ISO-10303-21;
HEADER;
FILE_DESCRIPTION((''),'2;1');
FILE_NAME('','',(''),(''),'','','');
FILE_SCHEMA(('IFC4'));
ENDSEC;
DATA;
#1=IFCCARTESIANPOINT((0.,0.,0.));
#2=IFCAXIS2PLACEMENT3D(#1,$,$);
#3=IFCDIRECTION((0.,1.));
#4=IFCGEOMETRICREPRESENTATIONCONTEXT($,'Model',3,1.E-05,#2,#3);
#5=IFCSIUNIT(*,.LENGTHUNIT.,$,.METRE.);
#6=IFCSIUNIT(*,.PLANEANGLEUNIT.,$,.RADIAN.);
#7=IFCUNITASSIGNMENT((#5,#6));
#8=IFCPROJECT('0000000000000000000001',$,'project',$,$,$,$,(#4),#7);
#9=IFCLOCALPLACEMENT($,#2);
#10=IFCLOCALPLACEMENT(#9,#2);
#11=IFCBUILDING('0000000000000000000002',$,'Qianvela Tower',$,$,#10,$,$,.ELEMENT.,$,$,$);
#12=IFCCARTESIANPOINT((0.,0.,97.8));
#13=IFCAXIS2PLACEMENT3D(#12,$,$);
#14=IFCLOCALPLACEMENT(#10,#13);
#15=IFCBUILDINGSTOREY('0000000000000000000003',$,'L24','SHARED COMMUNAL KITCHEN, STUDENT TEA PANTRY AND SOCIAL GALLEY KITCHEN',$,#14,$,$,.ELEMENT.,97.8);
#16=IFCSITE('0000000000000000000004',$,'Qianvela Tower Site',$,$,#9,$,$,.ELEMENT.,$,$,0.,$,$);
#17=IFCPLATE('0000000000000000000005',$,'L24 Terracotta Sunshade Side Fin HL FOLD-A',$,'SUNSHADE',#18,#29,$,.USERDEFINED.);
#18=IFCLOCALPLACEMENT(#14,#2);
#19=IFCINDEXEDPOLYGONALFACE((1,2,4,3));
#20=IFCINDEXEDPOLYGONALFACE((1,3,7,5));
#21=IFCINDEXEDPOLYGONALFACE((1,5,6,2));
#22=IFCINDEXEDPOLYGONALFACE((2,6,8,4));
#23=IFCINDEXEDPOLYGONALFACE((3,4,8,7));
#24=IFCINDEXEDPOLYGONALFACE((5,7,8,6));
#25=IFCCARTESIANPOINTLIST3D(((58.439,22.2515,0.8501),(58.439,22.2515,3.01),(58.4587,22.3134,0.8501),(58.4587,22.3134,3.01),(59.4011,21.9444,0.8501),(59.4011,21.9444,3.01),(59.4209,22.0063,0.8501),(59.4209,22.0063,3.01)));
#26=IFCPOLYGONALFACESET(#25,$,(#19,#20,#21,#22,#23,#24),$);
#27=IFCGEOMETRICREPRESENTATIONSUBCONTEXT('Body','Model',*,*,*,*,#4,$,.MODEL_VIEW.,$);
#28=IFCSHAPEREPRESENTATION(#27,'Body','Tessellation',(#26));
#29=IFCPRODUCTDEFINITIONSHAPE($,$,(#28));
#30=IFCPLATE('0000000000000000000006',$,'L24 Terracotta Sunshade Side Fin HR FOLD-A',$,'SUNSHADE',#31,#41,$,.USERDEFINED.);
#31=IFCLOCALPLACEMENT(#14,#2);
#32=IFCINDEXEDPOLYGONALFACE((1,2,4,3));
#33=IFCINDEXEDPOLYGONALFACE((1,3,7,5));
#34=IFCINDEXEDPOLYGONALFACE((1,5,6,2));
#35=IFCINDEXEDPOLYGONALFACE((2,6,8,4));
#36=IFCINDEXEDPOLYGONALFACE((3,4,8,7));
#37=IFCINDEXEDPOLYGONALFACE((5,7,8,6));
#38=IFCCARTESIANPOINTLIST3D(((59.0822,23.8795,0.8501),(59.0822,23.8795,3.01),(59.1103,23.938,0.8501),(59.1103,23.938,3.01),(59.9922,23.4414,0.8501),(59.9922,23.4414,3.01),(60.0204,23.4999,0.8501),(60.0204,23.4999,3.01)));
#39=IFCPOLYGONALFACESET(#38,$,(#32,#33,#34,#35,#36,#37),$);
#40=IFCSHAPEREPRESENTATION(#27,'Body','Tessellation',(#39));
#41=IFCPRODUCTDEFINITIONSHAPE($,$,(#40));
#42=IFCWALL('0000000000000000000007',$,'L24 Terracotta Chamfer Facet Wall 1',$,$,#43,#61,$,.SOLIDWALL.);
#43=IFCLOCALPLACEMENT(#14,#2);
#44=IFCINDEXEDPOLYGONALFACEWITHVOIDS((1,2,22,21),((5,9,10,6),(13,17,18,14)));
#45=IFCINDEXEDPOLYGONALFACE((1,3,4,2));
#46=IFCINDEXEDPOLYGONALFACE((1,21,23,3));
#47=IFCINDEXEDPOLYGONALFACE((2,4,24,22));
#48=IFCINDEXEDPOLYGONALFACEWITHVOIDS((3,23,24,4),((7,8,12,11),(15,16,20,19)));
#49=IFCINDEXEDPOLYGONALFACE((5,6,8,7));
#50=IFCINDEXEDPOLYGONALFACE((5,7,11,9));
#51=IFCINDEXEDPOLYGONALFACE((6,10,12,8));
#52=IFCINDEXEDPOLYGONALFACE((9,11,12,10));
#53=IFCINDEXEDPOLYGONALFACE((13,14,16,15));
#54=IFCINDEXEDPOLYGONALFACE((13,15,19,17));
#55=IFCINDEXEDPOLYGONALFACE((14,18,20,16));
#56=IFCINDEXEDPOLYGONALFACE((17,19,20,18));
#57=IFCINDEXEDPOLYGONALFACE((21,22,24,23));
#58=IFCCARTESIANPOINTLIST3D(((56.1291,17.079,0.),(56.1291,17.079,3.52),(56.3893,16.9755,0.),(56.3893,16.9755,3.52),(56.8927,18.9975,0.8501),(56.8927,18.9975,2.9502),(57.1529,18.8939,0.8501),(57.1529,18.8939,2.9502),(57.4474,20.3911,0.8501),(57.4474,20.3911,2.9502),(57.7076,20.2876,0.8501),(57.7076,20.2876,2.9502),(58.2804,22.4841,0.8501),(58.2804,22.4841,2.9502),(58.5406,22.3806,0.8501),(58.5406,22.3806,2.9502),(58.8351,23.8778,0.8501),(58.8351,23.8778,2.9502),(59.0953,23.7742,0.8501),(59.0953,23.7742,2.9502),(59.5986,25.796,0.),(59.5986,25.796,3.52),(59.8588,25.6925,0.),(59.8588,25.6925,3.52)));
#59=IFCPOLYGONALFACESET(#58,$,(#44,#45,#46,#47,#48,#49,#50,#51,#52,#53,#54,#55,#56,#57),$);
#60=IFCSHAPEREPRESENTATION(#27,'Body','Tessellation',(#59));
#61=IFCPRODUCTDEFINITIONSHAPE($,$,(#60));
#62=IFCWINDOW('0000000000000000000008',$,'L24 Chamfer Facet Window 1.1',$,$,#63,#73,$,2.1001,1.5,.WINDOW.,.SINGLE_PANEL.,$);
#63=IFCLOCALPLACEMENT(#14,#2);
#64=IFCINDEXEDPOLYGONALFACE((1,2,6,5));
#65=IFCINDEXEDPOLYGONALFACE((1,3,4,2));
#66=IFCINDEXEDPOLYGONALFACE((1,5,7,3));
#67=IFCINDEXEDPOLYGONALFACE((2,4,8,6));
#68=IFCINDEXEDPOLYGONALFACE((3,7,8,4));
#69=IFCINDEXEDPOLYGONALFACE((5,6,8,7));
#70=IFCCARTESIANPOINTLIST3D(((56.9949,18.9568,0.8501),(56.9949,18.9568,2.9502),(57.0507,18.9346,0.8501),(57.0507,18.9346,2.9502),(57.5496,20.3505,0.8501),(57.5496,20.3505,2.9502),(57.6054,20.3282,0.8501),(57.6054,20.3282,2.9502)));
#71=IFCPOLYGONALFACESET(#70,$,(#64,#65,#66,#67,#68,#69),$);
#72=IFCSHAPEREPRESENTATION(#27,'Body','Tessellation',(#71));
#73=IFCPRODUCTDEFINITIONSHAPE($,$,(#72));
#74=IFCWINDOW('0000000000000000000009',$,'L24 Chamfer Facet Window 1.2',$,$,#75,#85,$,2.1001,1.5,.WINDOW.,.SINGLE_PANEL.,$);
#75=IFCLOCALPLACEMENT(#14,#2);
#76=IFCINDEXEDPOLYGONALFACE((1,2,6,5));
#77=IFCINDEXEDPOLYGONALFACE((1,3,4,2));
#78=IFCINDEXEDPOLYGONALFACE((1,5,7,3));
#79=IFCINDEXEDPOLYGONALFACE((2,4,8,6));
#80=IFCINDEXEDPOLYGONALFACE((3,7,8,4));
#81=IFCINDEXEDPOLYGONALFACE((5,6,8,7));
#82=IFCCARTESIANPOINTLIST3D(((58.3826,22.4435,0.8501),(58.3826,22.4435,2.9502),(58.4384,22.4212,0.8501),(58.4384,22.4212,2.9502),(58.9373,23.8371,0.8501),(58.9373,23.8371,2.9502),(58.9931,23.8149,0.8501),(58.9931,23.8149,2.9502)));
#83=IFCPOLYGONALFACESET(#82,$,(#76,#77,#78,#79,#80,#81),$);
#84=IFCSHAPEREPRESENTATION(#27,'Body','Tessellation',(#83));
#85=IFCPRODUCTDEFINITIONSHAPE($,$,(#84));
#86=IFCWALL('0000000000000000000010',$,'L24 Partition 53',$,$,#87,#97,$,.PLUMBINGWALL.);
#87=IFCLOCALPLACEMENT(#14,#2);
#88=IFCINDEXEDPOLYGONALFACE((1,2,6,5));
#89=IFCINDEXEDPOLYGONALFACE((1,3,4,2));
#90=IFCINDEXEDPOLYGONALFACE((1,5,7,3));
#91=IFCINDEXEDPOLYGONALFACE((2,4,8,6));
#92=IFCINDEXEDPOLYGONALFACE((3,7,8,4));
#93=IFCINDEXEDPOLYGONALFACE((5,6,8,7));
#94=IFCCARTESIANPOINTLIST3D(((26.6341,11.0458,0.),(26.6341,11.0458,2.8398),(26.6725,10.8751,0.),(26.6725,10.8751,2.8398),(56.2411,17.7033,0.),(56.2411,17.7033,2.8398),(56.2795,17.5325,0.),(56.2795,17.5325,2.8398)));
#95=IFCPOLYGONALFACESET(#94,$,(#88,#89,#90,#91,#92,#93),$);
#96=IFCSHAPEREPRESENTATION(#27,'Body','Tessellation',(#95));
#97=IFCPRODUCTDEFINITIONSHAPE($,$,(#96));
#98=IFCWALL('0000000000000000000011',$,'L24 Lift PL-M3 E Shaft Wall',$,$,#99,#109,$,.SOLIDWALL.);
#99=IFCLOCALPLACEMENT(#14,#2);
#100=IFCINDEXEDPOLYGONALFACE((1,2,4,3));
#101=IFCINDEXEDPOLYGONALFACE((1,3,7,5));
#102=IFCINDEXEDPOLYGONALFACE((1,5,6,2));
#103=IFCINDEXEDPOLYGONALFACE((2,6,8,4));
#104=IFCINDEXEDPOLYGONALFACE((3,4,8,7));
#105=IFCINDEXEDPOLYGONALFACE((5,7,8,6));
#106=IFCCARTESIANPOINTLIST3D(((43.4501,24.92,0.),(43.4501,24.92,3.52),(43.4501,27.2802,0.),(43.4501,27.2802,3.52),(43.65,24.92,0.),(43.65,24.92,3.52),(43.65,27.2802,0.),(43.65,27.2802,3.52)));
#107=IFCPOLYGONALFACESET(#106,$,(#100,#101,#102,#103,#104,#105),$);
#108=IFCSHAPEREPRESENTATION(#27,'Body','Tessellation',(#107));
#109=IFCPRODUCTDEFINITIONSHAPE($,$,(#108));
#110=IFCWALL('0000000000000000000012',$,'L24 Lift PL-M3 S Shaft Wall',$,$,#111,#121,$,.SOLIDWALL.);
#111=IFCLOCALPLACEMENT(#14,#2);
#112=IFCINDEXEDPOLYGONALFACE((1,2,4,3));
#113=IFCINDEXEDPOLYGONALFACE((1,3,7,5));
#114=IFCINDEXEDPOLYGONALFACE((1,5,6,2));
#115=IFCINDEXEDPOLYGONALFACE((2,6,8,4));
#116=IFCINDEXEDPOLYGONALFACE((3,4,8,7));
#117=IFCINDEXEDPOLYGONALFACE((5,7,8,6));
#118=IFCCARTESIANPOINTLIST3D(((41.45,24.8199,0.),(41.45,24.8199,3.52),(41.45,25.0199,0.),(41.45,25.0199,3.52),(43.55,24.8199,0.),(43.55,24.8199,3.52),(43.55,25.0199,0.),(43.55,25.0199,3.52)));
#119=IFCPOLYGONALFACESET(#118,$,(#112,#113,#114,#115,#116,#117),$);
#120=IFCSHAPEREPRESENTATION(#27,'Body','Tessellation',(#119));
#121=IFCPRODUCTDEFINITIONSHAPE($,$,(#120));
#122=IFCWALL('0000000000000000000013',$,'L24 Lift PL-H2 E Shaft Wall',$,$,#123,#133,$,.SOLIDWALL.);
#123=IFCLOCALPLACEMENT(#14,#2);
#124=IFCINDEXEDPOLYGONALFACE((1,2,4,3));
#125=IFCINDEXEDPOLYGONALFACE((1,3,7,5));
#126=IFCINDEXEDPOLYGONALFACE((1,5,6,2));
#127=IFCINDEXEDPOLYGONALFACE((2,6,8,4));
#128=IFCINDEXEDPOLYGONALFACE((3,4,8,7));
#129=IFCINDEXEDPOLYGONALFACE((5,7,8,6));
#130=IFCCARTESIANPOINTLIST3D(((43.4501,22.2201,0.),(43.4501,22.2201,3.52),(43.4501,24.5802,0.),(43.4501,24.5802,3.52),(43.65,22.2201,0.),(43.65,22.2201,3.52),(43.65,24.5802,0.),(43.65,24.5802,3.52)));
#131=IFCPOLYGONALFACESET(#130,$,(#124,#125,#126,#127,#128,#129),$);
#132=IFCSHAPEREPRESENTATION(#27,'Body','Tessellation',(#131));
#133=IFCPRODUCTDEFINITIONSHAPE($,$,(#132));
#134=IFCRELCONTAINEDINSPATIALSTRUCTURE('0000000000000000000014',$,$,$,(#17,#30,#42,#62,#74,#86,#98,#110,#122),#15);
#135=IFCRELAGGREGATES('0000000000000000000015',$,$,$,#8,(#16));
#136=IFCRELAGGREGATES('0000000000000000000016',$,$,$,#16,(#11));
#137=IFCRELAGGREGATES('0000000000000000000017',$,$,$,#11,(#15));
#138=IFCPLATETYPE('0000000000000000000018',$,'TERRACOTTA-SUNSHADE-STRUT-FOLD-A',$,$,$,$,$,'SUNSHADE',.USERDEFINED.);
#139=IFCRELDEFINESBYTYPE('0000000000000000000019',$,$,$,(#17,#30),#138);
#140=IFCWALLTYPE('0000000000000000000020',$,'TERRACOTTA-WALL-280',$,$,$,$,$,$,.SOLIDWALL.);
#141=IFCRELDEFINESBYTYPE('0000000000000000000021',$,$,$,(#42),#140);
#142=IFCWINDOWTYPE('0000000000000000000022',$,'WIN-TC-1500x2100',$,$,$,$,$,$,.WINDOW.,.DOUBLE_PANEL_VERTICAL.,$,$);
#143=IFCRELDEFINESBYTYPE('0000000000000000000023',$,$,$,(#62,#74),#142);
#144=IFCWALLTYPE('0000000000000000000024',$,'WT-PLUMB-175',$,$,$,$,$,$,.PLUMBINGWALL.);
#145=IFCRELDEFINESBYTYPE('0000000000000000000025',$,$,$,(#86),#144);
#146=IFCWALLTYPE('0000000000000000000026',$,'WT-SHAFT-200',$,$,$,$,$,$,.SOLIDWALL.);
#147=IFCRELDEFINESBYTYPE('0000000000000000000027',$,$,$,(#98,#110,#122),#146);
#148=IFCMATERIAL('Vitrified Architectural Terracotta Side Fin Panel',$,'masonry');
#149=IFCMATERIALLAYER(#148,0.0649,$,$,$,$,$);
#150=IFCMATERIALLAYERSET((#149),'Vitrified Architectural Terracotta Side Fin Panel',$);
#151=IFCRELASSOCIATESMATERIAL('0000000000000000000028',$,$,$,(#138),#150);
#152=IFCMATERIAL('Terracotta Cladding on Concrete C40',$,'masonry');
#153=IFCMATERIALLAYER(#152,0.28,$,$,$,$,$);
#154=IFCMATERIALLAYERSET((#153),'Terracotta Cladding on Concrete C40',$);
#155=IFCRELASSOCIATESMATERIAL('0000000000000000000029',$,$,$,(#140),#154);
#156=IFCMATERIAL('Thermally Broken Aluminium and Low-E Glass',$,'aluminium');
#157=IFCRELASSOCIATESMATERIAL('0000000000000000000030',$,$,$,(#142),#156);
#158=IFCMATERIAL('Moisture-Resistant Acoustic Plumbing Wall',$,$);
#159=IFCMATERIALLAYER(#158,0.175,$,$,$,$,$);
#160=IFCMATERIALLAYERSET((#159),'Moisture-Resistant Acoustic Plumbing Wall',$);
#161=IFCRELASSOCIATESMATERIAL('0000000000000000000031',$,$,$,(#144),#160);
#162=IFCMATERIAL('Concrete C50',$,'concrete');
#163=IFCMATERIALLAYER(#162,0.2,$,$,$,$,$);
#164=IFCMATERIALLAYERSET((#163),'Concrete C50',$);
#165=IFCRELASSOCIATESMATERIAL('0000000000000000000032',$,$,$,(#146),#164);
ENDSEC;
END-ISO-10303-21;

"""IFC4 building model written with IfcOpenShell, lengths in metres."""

from ifc_helpers import new_model, si_unit, direction, frame, frame_2d, origin, origin_2d, place, context, subcontext, project, spatial, rectangle, extrude, material, layer, layer_set, type_object, element, fill, save


model = new_model("IFC4")

# Units and contexts
model_context = context("Model", 3, precision=1e-05, world=origin(), true_north=direction((0.0, 1.0)))
body_context = subcontext(model_context, "Body", "Model", "MODEL_VIEW")
ifc_project = project(units=[si_unit("LENGTHUNIT", "METRE"), si_unit("PLANEANGLEUNIT", "RADIAN")], contexts=[model_context])

# Site, building, storey
site_placement = place(None, origin())
site = spatial("IfcSite", under=ifc_project, at=site_placement, Name="Qianvela Tower Site", CompositionType="ELEMENT", RefElevation=0.0)
building_placement = place(site_placement, origin())
building = spatial("IfcBuilding", under=site, at=building_placement, Name="Qianvela Tower", CompositionType="ELEMENT")
storey_placement = place(building_placement, frame((0.0, 0.0, 97.8)))
storey = spatial("IfcBuildingStorey", under=building, at=storey_placement, Name="L24", Description="SHARED COMMUNAL KITCHEN, STUDENT TEA PANTRY AND SOCIAL GALLEY KITCHEN", CompositionType="ELEMENT", Elevation=97.8)

# Plates
ifc_material_1 = material(Name="Vitrified Architectural Terracotta Side Fin Panel", Category="masonry")
ifc_layer_1 = layer(ifc_material_1, 0.0649)
ifc_layer_set_1 = layer_set([ifc_layer_1], Name="Vitrified Architectural Terracotta Side Fin Panel")
plate_type_1 = type_object("IfcPlateType", Name="TERRACOTTA-SUNSHADE-STRUT-FOLD-A", ElementType="SUNSHADE", PredefinedType="USERDEFINED", material=ifc_layer_set_1)
for number, where, z_axis, x_axis, name in (
    (1, (58.9299, 22.1289, 0.8501), (0.0, 0.0, 1.0), (0.304085, 0.952645, 0.0), "L24 Terracotta Sunshade Side Fin HL FOLD-A"),
    (2, (59.5513, 23.6897, 0.8501), (0.0, 0.0, 1.0), (0.433708, 0.901054, 0.0), "L24 Terracotta Sunshade Side Fin HR FOLD-A"),
):
    element("IfcPlate", number, at=place(storey_placement, frame(where, z_axis=z_axis, x_axis=x_axis)), inside=storey, type_object=plate_type_1, Name=name, ObjectType="SUNSHADE", PredefinedType="USERDEFINED", context=body_context, shape_type="SweptSolid", body=[
        extrude(rectangle(XDim=0.0649, YDim=1.01, at=origin_2d()), origin(), (0.0, 0.0, 1.0), 2.1599),
    ])

# Wall, openings, windows
ifc_material_2 = material(Name="Terracotta Cladding on Concrete C40", Category="masonry")
ifc_layer_2 = layer(ifc_material_2, 0.28)
ifc_layer_set_2 = layer_set([ifc_layer_2], Name="Terracotta Cladding on Concrete C40")
wall_type_1 = type_object("IfcWallType", Name="TERRACOTTA-WALL-280", PredefinedType="SOLIDWALL", material=ifc_layer_set_2)
wall_1_placement = place(storey_placement, frame((56.2593, 17.0273, 0.0), z_axis=(0.0, 0.0, 1.0), x_axis=(0.369797, 0.929112, 0.0)))
wall_1 = element("IfcWall", 3, at=wall_1_placement, inside=storey, type_object=wall_type_1, Name="L24 Terracotta Chamfer Facet Wall 1", PredefinedType="SOLIDWALL", context=body_context, shape_type="SweptSolid", body=[
    extrude(rectangle(XDim=9.3821, YDim=0.28, at=frame_2d((4.6909, 0.0))), origin(), (0.0, 0.0, 1.0), 3.52),
])
opening_1_placement = place(wall_1_placement, frame((2.0647, 0.0, 0.8501)))
opening_1 = element("IfcOpeningElement", 4, at=opening_1_placement, cuts=wall_1, PredefinedType="OPENING", context=body_context, shape_type="SweptSolid", body=[
    extrude(rectangle(XDim=1.5, YDim=2.1001, at=frame_2d((0.75, 1.05))), frame((0.0, 0.1499, 0.0), z_axis=(0.0, -1.0, 0.0), x_axis=(1.0, 0.0, 0.0)), (0.0, 0.0, 1.0), 0.3),
])
opening_2_placement = place(wall_1_placement, frame((5.8174, 0.0, 0.8501)))
opening_2 = element("IfcOpeningElement", 5, at=opening_2_placement, cuts=wall_1, PredefinedType="OPENING", context=body_context, shape_type="SweptSolid", body=[
    extrude(rectangle(XDim=1.5, YDim=2.1001, at=frame_2d((0.75, 1.05))), frame((0.0, 0.1499, 0.0), z_axis=(0.0, -1.0, 0.0), x_axis=(1.0, 0.0, 0.0)), (0.0, 0.0, 1.0), 0.3),
])
ifc_material_3 = material(Name="Thermally Broken Aluminium and Low-E Glass", Category="aluminium")
window_type = type_object("IfcWindowType", Name="WIN-TC-1500x2100", PartitioningType="DOUBLE_PANEL_VERTICAL", PredefinedType="WINDOW", material=ifc_material_3)
window_1_placement = place(opening_1_placement, origin())
window_1 = element("IfcWindow", 6, at=window_1_placement, inside=storey, type_object=window_type, Name="L24 Chamfer Facet Window 1.1", OverallHeight=2.1001, OverallWidth=1.5, PartitioningType="SINGLE_PANEL", PredefinedType="WINDOW", context=body_context, shape_type="SweptSolid", body=[
    extrude(rectangle(XDim=1.5, YDim=2.1001, at=frame_2d((0.75, 1.05))), frame((0.0, 0.03, 0.0), z_axis=(0.0, -1.0, 0.0), x_axis=(1.0, 0.0, 0.0)), (0.0, 0.0, 1.0), 0.0601),
])
fill(opening_1, window_1)
window_2_placement = place(opening_2_placement, origin())
window_2 = element("IfcWindow", 7, at=window_2_placement, inside=storey, type_object=window_type, Name="L24 Chamfer Facet Window 1.2", OverallHeight=2.1001, OverallWidth=1.5, PartitioningType="SINGLE_PANEL", PredefinedType="WINDOW", context=body_context, shape_type="SweptSolid", body=[
    extrude(rectangle(XDim=1.5, YDim=2.1001, at=frame_2d((0.75, 1.05))), frame((0.0, 0.03, 0.0), z_axis=(0.0, -1.0, 0.0), x_axis=(1.0, 0.0, 0.0)), (0.0, 0.0, 1.0), 0.0601),
])
fill(opening_2, window_2)

# Walls
ifc_material_4 = material(Name="Moisture-Resistant Acoustic Plumbing Wall")
ifc_layer_3 = layer(ifc_material_4, 0.175)
ifc_layer_set_3 = layer_set([ifc_layer_3], Name="Moisture-Resistant Acoustic Plumbing Wall")
wall_type_2 = type_object("IfcWallType", Name="WT-PLUMB-175", PredefinedType="PLUMBINGWALL", material=ifc_layer_set_3)
wall_2_placement = place(storey_placement, frame((56.2603, 17.6179, 0.0), z_axis=(0.0, 0.0, 1.0), x_axis=(-0.975639, -0.219384, 0.0)))
element("IfcWall", 8, at=wall_2_placement, inside=storey, type_object=wall_type_2, Name="L24 Partition 53", PredefinedType="PLUMBINGWALL", context=body_context, shape_type="SweptSolid", body=[
    extrude(rectangle(XDim=30.3462, YDim=0.175, at=frame_2d((15.1731, 0.0))), origin(), (0.0, 0.0, 1.0), 2.8398),
])
ifc_material_5 = material(Name="Concrete C50", Category="concrete")
ifc_layer_4 = layer(ifc_material_5, 0.2)
ifc_layer_set_4 = layer_set([ifc_layer_4], Name="Concrete C50")
wall_type_3 = type_object("IfcWallType", Name="WT-SHAFT-200", PredefinedType="SOLIDWALL", material=ifc_layer_set_4)
wall_3_placement = place(storey_placement, frame((43.55, 24.9199, 0.0), z_axis=(0.0, 0.0, 1.0), x_axis=(0.0, 1.0, 0.0)))
element("IfcWall", 9, at=wall_3_placement, inside=storey, type_object=wall_type_3, Name="L24 Lift PL-M3 E Shaft Wall", PredefinedType="SOLIDWALL", context=body_context, shape_type="SweptSolid", body=[
    extrude(rectangle(XDim=2.3601, YDim=0.2, at=frame_2d((1.1802, 0.0))), origin(), (0.0, 0.0, 1.0), 3.52),
])
wall_4_placement = place(storey_placement, frame((41.45, 24.9199, 0.0), z_axis=(0.0, 0.0, 1.0), x_axis=(1.0, 0.0, 0.0)))
element("IfcWall", 10, at=wall_4_placement, inside=storey, type_object=wall_type_3, Name="L24 Lift PL-M3 S Shaft Wall", PredefinedType="SOLIDWALL", context=body_context, shape_type="SweptSolid", body=[
    extrude(rectangle(XDim=2.1001, YDim=0.2, at=frame_2d((1.05, 0.0))), origin(), (0.0, 0.0, 1.0), 3.52),
])
wall_5_placement = place(storey_placement, frame((43.55, 22.22, 0.0), z_axis=(0.0, 0.0, 1.0), x_axis=(0.0, 1.0, 0.0)))
element("IfcWall", 11, at=wall_5_placement, inside=storey, type_object=wall_type_3, Name="L24 Lift PL-H2 E Shaft Wall", PredefinedType="SOLIDWALL", context=body_context, shape_type="SweptSolid", body=[
    extrude(rectangle(XDim=2.3601, YDim=0.2, at=frame_2d((1.1802, 0.0))), origin(), (0.0, 0.0, 1.0), 3.52),
])

save(model, "model.ifc")
